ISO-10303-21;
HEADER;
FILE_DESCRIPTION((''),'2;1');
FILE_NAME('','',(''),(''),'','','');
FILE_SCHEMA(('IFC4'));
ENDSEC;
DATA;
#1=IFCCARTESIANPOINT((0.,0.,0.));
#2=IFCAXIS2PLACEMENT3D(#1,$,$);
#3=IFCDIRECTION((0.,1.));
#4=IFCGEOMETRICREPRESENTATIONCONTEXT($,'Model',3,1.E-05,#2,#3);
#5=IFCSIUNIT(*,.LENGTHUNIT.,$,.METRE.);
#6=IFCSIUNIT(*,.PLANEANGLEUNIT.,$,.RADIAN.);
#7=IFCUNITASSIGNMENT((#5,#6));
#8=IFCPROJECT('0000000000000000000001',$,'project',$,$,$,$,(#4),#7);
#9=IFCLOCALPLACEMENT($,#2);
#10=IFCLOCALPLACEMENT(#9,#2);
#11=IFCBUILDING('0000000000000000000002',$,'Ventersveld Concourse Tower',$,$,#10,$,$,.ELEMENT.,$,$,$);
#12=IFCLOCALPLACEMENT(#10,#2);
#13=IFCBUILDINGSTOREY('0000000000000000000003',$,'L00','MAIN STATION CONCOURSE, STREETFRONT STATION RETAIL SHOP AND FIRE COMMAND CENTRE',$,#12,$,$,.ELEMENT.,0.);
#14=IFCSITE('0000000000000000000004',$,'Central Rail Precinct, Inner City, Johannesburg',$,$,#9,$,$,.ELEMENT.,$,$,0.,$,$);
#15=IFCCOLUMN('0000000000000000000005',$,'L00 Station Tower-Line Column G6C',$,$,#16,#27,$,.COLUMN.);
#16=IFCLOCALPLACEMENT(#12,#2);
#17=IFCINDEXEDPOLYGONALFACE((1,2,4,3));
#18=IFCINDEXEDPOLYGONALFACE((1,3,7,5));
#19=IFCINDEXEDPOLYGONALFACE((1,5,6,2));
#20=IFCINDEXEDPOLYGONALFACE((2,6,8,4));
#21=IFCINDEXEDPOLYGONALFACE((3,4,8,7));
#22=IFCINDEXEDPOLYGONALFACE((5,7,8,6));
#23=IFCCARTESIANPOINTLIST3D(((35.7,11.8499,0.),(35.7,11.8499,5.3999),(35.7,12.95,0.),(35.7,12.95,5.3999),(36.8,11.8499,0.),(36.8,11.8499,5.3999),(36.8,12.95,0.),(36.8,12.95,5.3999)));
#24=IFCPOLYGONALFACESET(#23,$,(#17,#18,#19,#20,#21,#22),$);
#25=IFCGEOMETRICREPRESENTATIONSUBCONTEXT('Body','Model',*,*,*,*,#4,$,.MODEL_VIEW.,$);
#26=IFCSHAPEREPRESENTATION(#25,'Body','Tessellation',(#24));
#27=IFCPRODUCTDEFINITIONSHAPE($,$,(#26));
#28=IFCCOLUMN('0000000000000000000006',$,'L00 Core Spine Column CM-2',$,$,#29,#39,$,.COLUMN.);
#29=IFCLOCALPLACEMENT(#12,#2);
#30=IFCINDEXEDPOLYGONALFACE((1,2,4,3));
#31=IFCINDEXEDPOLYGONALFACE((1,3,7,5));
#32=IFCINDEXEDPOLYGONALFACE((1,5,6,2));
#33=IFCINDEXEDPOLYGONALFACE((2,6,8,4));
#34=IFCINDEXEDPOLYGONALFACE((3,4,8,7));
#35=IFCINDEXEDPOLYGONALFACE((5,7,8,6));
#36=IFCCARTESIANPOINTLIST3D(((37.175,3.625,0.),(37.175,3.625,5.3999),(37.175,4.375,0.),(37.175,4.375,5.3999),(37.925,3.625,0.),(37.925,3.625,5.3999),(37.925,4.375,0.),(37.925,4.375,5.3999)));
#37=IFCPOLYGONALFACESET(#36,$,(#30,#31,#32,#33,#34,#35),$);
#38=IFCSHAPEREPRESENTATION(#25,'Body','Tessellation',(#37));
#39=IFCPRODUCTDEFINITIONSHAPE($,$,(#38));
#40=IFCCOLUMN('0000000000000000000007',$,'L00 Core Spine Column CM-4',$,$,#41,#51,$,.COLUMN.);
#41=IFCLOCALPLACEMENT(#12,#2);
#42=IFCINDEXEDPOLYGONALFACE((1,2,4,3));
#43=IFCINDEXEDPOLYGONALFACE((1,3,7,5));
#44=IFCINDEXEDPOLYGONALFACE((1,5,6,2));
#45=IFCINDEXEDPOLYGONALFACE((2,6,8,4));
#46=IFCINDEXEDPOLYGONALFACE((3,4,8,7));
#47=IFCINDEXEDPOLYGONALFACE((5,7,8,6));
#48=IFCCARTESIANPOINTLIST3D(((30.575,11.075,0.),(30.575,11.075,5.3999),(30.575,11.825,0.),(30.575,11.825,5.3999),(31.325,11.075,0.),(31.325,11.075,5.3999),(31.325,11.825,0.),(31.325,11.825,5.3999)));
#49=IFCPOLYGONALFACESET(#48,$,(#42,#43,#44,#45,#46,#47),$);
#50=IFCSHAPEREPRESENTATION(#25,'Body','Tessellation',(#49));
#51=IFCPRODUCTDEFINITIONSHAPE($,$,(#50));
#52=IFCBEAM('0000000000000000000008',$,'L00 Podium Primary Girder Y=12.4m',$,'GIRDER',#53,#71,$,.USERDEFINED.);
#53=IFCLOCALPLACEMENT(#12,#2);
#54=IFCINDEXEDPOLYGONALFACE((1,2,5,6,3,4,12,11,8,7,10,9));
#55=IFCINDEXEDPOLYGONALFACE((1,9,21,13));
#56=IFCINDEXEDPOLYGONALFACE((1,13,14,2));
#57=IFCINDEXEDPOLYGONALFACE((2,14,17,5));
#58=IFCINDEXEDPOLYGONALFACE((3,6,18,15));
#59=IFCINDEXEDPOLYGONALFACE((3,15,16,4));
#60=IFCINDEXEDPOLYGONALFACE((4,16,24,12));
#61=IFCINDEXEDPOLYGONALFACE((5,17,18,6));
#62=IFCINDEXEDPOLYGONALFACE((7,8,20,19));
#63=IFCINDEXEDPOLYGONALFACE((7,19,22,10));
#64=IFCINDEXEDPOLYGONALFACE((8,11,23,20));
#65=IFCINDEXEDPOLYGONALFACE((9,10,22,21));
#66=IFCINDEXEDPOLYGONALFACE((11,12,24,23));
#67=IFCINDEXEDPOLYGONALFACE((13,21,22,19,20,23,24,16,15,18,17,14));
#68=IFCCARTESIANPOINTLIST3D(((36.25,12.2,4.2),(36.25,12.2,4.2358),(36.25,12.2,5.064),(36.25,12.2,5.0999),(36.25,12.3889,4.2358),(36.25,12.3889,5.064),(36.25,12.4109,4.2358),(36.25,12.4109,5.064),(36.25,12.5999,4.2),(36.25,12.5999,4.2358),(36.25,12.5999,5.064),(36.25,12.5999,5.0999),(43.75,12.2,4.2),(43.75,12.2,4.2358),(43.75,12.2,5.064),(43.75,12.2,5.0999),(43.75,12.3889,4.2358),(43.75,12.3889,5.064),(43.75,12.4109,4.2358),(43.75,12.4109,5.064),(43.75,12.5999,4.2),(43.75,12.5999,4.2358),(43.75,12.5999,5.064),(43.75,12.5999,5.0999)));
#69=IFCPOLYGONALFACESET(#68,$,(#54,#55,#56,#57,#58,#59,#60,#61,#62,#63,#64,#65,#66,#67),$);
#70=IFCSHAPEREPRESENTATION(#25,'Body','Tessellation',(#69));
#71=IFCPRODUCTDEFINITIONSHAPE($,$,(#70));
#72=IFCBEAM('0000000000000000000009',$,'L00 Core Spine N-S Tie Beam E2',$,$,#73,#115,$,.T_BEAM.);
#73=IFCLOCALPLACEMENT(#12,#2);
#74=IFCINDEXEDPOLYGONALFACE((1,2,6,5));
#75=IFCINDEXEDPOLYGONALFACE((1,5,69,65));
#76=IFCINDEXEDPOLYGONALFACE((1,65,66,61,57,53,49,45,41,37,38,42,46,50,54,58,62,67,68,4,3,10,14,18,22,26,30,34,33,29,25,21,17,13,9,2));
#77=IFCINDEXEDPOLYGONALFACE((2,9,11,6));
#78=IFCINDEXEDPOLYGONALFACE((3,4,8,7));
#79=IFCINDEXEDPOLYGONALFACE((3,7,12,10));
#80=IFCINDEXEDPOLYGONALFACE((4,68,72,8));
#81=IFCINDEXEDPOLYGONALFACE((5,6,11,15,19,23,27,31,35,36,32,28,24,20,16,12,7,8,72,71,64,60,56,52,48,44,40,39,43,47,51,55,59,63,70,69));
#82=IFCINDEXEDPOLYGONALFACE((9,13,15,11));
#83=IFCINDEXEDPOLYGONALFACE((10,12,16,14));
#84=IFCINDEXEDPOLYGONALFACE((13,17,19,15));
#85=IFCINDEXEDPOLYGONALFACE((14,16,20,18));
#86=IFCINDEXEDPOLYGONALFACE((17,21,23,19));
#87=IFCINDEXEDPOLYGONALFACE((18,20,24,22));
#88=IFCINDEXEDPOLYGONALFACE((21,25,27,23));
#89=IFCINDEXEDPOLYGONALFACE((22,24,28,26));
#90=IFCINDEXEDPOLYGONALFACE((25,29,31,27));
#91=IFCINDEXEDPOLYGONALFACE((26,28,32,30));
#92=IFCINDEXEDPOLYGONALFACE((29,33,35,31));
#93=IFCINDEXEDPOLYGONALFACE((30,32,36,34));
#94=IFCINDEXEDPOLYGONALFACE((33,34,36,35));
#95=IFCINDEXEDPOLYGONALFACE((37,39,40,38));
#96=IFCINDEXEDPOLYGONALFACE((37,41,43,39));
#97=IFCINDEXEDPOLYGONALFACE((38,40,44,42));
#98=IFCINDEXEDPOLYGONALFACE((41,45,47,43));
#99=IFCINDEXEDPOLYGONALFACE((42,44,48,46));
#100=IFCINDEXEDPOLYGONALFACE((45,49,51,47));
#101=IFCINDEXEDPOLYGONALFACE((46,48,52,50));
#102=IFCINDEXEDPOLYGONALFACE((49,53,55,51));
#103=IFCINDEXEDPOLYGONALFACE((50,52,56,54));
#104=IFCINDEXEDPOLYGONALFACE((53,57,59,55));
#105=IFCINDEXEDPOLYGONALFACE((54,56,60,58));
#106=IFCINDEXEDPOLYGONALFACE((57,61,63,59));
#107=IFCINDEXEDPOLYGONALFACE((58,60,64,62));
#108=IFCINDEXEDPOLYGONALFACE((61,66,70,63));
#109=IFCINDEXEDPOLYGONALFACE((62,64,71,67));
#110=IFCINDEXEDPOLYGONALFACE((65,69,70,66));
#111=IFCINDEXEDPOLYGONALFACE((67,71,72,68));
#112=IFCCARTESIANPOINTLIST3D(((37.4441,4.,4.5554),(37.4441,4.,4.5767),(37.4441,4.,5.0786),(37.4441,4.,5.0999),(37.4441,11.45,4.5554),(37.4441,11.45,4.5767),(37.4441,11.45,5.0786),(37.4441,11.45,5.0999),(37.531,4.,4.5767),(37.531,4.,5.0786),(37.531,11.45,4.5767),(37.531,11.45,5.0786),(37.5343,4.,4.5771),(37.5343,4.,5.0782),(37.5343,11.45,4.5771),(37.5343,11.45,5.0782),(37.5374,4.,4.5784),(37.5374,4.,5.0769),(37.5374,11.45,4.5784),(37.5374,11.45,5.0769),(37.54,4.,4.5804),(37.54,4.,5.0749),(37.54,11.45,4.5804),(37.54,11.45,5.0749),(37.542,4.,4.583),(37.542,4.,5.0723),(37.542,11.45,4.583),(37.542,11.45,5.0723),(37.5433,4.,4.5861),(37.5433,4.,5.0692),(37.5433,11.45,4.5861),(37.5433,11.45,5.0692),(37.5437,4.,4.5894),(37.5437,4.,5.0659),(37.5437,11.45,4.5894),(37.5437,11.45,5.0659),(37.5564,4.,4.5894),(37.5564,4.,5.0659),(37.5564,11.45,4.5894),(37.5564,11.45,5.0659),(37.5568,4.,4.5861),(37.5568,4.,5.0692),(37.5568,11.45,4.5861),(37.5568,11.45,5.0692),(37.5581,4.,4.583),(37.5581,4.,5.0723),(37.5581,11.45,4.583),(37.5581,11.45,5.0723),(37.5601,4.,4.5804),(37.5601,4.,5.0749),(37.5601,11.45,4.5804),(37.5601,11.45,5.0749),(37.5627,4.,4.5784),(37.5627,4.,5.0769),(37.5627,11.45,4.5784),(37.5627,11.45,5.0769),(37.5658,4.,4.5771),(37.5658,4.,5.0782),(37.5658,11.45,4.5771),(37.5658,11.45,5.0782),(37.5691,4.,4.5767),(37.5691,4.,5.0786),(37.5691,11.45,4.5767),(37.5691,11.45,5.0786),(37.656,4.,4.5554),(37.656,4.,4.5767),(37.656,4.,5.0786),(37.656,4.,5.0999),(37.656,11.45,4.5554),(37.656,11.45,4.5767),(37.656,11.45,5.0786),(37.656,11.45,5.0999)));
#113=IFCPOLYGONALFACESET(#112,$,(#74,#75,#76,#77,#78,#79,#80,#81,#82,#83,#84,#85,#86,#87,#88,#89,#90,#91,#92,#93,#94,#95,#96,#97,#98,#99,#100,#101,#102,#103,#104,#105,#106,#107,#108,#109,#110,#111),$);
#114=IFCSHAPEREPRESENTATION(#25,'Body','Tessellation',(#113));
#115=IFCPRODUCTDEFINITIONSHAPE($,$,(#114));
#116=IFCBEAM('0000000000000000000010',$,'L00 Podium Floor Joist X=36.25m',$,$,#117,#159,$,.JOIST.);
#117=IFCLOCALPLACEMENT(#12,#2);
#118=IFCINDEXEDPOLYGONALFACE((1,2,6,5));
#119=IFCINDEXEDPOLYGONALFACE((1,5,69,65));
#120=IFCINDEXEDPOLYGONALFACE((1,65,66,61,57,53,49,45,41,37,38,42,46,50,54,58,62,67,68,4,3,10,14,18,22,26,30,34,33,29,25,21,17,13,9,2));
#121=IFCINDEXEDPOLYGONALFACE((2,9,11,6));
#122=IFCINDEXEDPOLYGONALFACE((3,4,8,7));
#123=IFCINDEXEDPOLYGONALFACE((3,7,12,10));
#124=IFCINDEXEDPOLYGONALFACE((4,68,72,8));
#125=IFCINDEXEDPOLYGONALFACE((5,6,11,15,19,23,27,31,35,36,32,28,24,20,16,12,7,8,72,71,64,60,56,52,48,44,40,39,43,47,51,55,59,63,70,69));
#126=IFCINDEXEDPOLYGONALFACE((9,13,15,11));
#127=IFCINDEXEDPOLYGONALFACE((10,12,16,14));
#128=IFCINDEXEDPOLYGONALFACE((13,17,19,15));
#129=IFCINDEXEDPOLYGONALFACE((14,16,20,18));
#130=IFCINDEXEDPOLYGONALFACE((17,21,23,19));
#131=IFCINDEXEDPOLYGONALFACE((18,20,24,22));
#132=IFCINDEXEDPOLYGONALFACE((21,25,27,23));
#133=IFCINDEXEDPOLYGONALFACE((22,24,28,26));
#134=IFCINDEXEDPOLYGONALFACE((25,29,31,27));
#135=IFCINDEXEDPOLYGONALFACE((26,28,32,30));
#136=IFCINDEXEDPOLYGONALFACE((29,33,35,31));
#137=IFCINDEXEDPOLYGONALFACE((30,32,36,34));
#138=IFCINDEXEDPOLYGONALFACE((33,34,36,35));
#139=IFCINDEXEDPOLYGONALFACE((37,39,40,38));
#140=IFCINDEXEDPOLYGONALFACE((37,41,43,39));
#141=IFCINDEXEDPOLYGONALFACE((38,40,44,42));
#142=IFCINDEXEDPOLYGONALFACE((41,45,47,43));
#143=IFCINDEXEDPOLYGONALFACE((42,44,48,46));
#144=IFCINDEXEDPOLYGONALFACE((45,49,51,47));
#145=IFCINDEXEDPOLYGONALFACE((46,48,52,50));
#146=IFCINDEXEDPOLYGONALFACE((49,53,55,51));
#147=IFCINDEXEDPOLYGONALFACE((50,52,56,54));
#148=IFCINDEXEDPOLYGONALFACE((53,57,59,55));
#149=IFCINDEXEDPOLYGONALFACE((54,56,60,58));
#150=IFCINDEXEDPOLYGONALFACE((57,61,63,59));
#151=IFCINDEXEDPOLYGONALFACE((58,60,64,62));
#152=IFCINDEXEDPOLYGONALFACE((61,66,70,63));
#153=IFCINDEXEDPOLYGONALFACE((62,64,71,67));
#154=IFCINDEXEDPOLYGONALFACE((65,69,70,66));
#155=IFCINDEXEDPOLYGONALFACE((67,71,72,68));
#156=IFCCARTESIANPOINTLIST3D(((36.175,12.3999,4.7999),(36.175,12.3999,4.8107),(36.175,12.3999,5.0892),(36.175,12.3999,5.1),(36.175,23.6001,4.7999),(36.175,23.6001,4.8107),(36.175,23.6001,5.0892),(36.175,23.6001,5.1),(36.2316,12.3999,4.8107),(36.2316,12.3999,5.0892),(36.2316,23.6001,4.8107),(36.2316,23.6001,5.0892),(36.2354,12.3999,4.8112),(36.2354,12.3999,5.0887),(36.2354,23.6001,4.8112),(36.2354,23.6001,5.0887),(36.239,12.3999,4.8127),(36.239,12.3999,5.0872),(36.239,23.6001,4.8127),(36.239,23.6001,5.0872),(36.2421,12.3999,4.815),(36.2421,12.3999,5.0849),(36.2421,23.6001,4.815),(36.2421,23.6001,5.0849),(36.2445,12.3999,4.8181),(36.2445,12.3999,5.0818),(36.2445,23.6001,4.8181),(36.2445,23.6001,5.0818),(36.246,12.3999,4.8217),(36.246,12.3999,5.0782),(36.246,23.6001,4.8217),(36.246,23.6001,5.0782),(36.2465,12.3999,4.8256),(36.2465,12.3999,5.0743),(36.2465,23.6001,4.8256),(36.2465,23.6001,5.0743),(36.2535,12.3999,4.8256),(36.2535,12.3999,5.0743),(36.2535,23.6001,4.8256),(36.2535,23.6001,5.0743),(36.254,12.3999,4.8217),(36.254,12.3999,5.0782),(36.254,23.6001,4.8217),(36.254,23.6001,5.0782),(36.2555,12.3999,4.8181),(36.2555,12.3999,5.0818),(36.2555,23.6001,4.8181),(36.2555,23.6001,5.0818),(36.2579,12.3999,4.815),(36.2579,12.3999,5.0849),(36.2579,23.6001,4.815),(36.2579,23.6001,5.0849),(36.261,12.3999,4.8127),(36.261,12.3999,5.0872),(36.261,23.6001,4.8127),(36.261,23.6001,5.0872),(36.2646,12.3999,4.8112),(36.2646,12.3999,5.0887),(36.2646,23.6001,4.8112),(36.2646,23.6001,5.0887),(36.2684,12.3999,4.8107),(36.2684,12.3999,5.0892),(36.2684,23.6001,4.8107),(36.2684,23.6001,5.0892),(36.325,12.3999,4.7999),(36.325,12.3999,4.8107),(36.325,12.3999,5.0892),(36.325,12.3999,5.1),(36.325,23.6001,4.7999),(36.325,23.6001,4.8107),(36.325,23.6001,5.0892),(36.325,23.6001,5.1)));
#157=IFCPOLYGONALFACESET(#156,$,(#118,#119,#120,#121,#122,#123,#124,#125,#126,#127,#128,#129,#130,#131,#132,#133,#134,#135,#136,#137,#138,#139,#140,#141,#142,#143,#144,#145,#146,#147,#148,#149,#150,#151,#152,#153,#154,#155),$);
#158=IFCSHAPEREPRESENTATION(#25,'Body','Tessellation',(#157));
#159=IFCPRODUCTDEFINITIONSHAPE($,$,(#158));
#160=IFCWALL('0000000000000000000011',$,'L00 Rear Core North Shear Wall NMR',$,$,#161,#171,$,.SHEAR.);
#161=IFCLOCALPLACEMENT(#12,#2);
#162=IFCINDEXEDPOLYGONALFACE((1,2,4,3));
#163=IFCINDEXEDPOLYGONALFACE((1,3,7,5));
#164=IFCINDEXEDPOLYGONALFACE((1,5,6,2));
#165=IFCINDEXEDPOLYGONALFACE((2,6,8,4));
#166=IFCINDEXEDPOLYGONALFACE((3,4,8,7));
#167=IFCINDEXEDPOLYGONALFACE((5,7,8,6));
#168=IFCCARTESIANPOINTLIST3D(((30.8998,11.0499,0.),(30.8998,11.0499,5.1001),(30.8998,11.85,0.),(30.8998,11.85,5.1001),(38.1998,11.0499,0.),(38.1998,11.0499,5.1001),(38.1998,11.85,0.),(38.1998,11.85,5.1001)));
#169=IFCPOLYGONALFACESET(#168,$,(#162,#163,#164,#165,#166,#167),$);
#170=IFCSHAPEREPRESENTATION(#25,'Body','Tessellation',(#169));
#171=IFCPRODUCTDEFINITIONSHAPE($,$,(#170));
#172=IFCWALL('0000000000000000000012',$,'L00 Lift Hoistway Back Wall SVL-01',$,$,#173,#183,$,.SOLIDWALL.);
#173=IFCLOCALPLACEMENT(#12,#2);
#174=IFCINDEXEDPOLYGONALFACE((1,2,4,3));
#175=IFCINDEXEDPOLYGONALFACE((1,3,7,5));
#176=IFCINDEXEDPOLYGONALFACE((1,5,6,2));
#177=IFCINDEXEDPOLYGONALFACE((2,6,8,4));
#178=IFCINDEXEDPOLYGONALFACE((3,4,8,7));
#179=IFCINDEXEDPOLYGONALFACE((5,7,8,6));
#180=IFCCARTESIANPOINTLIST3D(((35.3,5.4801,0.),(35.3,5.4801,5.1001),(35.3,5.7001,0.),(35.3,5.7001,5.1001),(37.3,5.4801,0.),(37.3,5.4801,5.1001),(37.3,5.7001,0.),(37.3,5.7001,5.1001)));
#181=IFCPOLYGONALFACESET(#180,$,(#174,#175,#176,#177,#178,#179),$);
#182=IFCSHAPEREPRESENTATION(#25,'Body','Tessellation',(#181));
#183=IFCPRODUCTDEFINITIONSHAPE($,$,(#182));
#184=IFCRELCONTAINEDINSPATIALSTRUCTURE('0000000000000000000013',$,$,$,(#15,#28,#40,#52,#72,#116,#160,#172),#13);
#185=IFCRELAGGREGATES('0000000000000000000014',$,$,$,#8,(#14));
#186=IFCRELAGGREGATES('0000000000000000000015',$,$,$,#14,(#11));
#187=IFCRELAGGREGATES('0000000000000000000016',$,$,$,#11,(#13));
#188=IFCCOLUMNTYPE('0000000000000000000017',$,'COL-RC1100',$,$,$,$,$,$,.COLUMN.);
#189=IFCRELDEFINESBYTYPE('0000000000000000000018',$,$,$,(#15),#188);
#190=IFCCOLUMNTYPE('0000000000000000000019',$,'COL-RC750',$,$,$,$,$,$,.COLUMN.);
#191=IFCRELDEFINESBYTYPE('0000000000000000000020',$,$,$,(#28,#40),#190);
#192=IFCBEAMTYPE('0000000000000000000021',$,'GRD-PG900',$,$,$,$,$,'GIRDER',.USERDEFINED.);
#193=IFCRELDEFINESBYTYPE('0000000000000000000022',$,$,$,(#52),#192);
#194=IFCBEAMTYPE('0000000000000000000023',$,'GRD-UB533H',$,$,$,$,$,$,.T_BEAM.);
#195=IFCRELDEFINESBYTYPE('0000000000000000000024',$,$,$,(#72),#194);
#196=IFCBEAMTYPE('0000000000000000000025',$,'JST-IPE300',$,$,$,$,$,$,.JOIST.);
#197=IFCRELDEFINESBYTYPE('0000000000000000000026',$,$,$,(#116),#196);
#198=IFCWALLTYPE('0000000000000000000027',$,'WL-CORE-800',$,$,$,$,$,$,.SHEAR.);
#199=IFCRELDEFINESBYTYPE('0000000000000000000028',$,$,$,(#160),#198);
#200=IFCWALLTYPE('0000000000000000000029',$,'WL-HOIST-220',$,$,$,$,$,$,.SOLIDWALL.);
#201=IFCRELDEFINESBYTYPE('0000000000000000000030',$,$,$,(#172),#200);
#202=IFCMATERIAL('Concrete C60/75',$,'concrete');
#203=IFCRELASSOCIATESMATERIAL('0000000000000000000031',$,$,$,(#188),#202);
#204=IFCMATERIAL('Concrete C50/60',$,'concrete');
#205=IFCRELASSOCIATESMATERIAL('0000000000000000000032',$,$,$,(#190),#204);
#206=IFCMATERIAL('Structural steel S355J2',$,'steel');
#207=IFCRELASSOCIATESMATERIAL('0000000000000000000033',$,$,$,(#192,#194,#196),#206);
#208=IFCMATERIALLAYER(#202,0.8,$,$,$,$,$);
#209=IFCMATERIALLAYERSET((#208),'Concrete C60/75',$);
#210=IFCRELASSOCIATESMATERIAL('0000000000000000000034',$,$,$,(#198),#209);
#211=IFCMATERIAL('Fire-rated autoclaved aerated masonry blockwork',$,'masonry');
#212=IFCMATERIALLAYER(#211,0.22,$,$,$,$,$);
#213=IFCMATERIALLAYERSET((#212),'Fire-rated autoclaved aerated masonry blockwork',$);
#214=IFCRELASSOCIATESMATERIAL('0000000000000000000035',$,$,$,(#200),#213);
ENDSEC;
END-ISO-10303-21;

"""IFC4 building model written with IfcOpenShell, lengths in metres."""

from ifc_helpers import new_model, si_unit, direction, frame, frame_2d, origin, origin_2d, place, context, subcontext, project, spatial, rectangle, i_section, extrude, material, layer, layer_set, material_profile, profile_set, type_object, element, save


model = new_model("IFC4")

# Units and contexts
model_context = context("Model", 3, precision=1e-05, world=origin(), true_north=direction((0.0, 1.0)))
body_context = subcontext(model_context, "Body", "Model", "MODEL_VIEW")
ifc_project = project(units=[si_unit("LENGTHUNIT", "METRE"), si_unit("PLANEANGLEUNIT", "RADIAN")], contexts=[model_context])

# Site, building, storey
site_placement = place(None, origin())
site = spatial("IfcSite", under=ifc_project, at=site_placement, Name="Central Rail Precinct, Inner City, Johannesburg", CompositionType="ELEMENT", RefElevation=0.0)
building_placement = place(site_placement, origin())
building = spatial("IfcBuilding", under=site, at=building_placement, Name="Ventersveld Concourse Tower", CompositionType="ELEMENT")
storey_placement = place(building_placement, origin())
storey = spatial("IfcBuildingStorey", under=building, at=storey_placement, Name="L00", Description="MAIN STATION CONCOURSE, STREETFRONT STATION RETAIL SHOP AND FIRE COMMAND CENTRE", CompositionType="ELEMENT", Elevation=0.0)

# Columns
ifc_material_1 = material(Name="Concrete C60/75", Category="concrete")
ifc_material_profile_1 = material_profile(ifc_material_1, rectangle(XDim=1.1001, YDim=1.1001, at=origin_2d()), Name="RC 1100x1100")
ifc_profile_set_1 = profile_set([ifc_material_profile_1], Name="Concrete C60/75")
column_type_1 = type_object("IfcColumnType", Name="COL-RC1100", PredefinedType="COLUMN", material=ifc_profile_set_1)
column_placement = place(storey_placement, frame((36.25, 12.3999, 0.0), z_axis=(0.0, 0.0, 1.0), x_axis=(1.0, 0.0, 0.0)))
element("IfcColumn", 1, at=column_placement, inside=storey, type_object=column_type_1, Name="L00 Station Tower-Line Column G6C", PredefinedType="COLUMN", context=body_context, shape_type="SweptSolid", body=[
    extrude(rectangle(XDim=1.1001, YDim=1.1001, at=origin_2d()), origin(), (0.0, 0.0, 1.0), 5.3999),
])
ifc_material_2 = material(Name="Concrete C50/60", Category="concrete")
ifc_material_profile_2 = material_profile(ifc_material_2, rectangle(XDim=0.75, YDim=0.75, at=origin_2d()), Name="RC 750x750")
ifc_profile_set_2 = profile_set([ifc_material_profile_2], Name="Concrete C50/60")
column_type_2 = type_object("IfcColumnType", Name="COL-RC750", PredefinedType="COLUMN", material=ifc_profile_set_2)
for number, where, z_axis, x_axis, name in (
    (2, (37.55, 4.0, 0.0), (0.0, 0.0, 1.0), (1.0, 0.0, 0.0), "L00 Core Spine Column CM-2"),
    (3, (30.95, 11.45, 0.0), (0.0, 0.0, 1.0), (1.0, 0.0, 0.0), "L00 Core Spine Column CM-4"),
):
    element("IfcColumn", number, at=place(storey_placement, frame(where, z_axis=z_axis, x_axis=x_axis)), inside=storey, type_object=column_type_2, Name=name, PredefinedType="COLUMN", context=body_context, shape_type="SweptSolid", body=[
        extrude(rectangle(XDim=0.75, YDim=0.75, at=origin_2d()), origin(), (0.0, 0.0, 1.0), 5.3999),
    ])

# Beams
ifc_material_3 = material(Name="Structural steel S355J2", Category="steel")
ifc_material_profile_3 = material_profile(ifc_material_3, i_section(OverallWidth=0.3999, OverallDepth=0.8999, WebThickness=0.022, FlangeThickness=0.0359, at=origin_2d()), Name="PG 900x400x36")
ifc_profile_set_3 = profile_set([ifc_material_profile_3], Name="Structural steel S355J2")
beam_type_1 = type_object("IfcBeamType", Name="GRD-PG900", ElementType="GIRDER", PredefinedType="USERDEFINED", material=ifc_profile_set_3)
beam_1_placement = place(storey_placement, frame((36.25, 12.3999, 4.6499), z_axis=(1.0, 0.0, 0.0), x_axis=(0.0, 1.0, 0.0)))
element("IfcBeam", 4, at=beam_1_placement, inside=storey, type_object=beam_type_1, Name="L00 Podium Primary Girder Y=12.4m", ObjectType="GIRDER", PredefinedType="USERDEFINED", context=body_context, shape_type="SweptSolid", body=[
    extrude(i_section(OverallWidth=0.3999, OverallDepth=0.8999, WebThickness=0.022, FlangeThickness=0.0359, at=origin_2d()), origin(), (0.0, 0.0, 1.0), 7.5),
])
ifc_material_profile_4 = material_profile(ifc_material_3, i_section(OverallWidth=0.2119, OverallDepth=0.5444, WebThickness=0.0127, FlangeThickness=0.0212, FilletRadius=0.0127, at=origin_2d()), Name="UB 533x210x122")
ifc_profile_set_4 = profile_set([ifc_material_profile_4], Name="Structural steel S355J2")
beam_type_2 = type_object("IfcBeamType", Name="GRD-UB533H", PredefinedType="T_BEAM", material=ifc_profile_set_4)
beam_2_placement = place(storey_placement, frame((37.55, 4.0, 4.8276), z_axis=(0.0, 1.0, 0.0), x_axis=(-1.0, 0.0, 0.0)))
element("IfcBeam", 5, at=beam_2_placement, inside=storey, type_object=beam_type_2, Name="L00 Core Spine N-S Tie Beam E2", PredefinedType="T_BEAM", context=body_context, shape_type="SweptSolid", body=[
    extrude(i_section(OverallWidth=0.2119, OverallDepth=0.5444, WebThickness=0.0127, FlangeThickness=0.0212, FilletRadius=0.0127, at=origin_2d()), origin(), (0.0, 0.0, 1.0), 7.45),
])
ifc_material_profile_5 = material_profile(ifc_material_3, i_section(OverallWidth=0.1499, OverallDepth=0.3, WebThickness=0.0071, FlangeThickness=0.0107, FilletRadius=0.0149, at=origin_2d()), Name="IPE 300")
ifc_profile_set_5 = profile_set([ifc_material_profile_5], Name="Structural steel S355J2")
beam_type_3 = type_object("IfcBeamType", Name="JST-IPE300", PredefinedType="JOIST", material=ifc_profile_set_5)
beam_3_placement = place(storey_placement, frame((36.25, 12.3999, 4.95), z_axis=(0.0, 1.0, 0.0), x_axis=(-1.0, 0.0, 0.0)))
element("IfcBeam", 6, at=beam_3_placement, inside=storey, type_object=beam_type_3, Name="L00 Podium Floor Joist X=36.25m", PredefinedType="JOIST", context=body_context, shape_type="SweptSolid", body=[
    extrude(i_section(OverallWidth=0.1499, OverallDepth=0.3, WebThickness=0.0071, FlangeThickness=0.0107, FilletRadius=0.0149, at=origin_2d()), origin(), (0.0, 0.0, 1.0), 11.2002),
])

# Walls
ifc_layer_1 = layer(ifc_material_1, 0.8)
ifc_layer_set_1 = layer_set([ifc_layer_1], Name="Concrete C60/75")
wall_type_1 = type_object("IfcWallType", Name="WL-CORE-800", PredefinedType="SHEAR", material=ifc_layer_set_1)
wall_1_placement = place(storey_placement, frame((30.8999, 11.45, 0.0), z_axis=(0.0, 0.0, 1.0), x_axis=(1.0, 0.0, 0.0)))
element("IfcWall", 7, at=wall_1_placement, inside=storey, type_object=wall_type_1, Name="L00 Rear Core North Shear Wall NMR", PredefinedType="SHEAR", context=body_context, shape_type="SweptSolid", body=[
    extrude(rectangle(XDim=7.3, YDim=0.8, at=frame_2d((3.6499, 0.0))), origin(), (0.0, 0.0, 1.0), 5.1001),
])
ifc_material_4 = material(Name="Fire-rated autoclaved aerated masonry blockwork", Category="masonry")
ifc_layer_2 = layer(ifc_material_4, 0.22)
ifc_layer_set_2 = layer_set([ifc_layer_2], Name="Fire-rated autoclaved aerated masonry blockwork")
wall_type_2 = type_object("IfcWallType", Name="WL-HOIST-220", PredefinedType="SOLIDWALL", material=ifc_layer_set_2)
wall_2_placement = place(storey_placement, frame((35.3, 5.5901, 0.0), z_axis=(0.0, 0.0, 1.0), x_axis=(1.0, 0.0, 0.0)))
element("IfcWall", 8, at=wall_2_placement, inside=storey, type_object=wall_type_2, Name="L00 Lift Hoistway Back Wall SVL-01", PredefinedType="SOLIDWALL", context=body_context, shape_type="SweptSolid", body=[
    extrude(rectangle(XDim=2.0, YDim=0.22, at=frame_2d((1.0, 0.0))), origin(), (0.0, 0.0, 1.0), 5.1001),
])

save(model, "model.ifc")
